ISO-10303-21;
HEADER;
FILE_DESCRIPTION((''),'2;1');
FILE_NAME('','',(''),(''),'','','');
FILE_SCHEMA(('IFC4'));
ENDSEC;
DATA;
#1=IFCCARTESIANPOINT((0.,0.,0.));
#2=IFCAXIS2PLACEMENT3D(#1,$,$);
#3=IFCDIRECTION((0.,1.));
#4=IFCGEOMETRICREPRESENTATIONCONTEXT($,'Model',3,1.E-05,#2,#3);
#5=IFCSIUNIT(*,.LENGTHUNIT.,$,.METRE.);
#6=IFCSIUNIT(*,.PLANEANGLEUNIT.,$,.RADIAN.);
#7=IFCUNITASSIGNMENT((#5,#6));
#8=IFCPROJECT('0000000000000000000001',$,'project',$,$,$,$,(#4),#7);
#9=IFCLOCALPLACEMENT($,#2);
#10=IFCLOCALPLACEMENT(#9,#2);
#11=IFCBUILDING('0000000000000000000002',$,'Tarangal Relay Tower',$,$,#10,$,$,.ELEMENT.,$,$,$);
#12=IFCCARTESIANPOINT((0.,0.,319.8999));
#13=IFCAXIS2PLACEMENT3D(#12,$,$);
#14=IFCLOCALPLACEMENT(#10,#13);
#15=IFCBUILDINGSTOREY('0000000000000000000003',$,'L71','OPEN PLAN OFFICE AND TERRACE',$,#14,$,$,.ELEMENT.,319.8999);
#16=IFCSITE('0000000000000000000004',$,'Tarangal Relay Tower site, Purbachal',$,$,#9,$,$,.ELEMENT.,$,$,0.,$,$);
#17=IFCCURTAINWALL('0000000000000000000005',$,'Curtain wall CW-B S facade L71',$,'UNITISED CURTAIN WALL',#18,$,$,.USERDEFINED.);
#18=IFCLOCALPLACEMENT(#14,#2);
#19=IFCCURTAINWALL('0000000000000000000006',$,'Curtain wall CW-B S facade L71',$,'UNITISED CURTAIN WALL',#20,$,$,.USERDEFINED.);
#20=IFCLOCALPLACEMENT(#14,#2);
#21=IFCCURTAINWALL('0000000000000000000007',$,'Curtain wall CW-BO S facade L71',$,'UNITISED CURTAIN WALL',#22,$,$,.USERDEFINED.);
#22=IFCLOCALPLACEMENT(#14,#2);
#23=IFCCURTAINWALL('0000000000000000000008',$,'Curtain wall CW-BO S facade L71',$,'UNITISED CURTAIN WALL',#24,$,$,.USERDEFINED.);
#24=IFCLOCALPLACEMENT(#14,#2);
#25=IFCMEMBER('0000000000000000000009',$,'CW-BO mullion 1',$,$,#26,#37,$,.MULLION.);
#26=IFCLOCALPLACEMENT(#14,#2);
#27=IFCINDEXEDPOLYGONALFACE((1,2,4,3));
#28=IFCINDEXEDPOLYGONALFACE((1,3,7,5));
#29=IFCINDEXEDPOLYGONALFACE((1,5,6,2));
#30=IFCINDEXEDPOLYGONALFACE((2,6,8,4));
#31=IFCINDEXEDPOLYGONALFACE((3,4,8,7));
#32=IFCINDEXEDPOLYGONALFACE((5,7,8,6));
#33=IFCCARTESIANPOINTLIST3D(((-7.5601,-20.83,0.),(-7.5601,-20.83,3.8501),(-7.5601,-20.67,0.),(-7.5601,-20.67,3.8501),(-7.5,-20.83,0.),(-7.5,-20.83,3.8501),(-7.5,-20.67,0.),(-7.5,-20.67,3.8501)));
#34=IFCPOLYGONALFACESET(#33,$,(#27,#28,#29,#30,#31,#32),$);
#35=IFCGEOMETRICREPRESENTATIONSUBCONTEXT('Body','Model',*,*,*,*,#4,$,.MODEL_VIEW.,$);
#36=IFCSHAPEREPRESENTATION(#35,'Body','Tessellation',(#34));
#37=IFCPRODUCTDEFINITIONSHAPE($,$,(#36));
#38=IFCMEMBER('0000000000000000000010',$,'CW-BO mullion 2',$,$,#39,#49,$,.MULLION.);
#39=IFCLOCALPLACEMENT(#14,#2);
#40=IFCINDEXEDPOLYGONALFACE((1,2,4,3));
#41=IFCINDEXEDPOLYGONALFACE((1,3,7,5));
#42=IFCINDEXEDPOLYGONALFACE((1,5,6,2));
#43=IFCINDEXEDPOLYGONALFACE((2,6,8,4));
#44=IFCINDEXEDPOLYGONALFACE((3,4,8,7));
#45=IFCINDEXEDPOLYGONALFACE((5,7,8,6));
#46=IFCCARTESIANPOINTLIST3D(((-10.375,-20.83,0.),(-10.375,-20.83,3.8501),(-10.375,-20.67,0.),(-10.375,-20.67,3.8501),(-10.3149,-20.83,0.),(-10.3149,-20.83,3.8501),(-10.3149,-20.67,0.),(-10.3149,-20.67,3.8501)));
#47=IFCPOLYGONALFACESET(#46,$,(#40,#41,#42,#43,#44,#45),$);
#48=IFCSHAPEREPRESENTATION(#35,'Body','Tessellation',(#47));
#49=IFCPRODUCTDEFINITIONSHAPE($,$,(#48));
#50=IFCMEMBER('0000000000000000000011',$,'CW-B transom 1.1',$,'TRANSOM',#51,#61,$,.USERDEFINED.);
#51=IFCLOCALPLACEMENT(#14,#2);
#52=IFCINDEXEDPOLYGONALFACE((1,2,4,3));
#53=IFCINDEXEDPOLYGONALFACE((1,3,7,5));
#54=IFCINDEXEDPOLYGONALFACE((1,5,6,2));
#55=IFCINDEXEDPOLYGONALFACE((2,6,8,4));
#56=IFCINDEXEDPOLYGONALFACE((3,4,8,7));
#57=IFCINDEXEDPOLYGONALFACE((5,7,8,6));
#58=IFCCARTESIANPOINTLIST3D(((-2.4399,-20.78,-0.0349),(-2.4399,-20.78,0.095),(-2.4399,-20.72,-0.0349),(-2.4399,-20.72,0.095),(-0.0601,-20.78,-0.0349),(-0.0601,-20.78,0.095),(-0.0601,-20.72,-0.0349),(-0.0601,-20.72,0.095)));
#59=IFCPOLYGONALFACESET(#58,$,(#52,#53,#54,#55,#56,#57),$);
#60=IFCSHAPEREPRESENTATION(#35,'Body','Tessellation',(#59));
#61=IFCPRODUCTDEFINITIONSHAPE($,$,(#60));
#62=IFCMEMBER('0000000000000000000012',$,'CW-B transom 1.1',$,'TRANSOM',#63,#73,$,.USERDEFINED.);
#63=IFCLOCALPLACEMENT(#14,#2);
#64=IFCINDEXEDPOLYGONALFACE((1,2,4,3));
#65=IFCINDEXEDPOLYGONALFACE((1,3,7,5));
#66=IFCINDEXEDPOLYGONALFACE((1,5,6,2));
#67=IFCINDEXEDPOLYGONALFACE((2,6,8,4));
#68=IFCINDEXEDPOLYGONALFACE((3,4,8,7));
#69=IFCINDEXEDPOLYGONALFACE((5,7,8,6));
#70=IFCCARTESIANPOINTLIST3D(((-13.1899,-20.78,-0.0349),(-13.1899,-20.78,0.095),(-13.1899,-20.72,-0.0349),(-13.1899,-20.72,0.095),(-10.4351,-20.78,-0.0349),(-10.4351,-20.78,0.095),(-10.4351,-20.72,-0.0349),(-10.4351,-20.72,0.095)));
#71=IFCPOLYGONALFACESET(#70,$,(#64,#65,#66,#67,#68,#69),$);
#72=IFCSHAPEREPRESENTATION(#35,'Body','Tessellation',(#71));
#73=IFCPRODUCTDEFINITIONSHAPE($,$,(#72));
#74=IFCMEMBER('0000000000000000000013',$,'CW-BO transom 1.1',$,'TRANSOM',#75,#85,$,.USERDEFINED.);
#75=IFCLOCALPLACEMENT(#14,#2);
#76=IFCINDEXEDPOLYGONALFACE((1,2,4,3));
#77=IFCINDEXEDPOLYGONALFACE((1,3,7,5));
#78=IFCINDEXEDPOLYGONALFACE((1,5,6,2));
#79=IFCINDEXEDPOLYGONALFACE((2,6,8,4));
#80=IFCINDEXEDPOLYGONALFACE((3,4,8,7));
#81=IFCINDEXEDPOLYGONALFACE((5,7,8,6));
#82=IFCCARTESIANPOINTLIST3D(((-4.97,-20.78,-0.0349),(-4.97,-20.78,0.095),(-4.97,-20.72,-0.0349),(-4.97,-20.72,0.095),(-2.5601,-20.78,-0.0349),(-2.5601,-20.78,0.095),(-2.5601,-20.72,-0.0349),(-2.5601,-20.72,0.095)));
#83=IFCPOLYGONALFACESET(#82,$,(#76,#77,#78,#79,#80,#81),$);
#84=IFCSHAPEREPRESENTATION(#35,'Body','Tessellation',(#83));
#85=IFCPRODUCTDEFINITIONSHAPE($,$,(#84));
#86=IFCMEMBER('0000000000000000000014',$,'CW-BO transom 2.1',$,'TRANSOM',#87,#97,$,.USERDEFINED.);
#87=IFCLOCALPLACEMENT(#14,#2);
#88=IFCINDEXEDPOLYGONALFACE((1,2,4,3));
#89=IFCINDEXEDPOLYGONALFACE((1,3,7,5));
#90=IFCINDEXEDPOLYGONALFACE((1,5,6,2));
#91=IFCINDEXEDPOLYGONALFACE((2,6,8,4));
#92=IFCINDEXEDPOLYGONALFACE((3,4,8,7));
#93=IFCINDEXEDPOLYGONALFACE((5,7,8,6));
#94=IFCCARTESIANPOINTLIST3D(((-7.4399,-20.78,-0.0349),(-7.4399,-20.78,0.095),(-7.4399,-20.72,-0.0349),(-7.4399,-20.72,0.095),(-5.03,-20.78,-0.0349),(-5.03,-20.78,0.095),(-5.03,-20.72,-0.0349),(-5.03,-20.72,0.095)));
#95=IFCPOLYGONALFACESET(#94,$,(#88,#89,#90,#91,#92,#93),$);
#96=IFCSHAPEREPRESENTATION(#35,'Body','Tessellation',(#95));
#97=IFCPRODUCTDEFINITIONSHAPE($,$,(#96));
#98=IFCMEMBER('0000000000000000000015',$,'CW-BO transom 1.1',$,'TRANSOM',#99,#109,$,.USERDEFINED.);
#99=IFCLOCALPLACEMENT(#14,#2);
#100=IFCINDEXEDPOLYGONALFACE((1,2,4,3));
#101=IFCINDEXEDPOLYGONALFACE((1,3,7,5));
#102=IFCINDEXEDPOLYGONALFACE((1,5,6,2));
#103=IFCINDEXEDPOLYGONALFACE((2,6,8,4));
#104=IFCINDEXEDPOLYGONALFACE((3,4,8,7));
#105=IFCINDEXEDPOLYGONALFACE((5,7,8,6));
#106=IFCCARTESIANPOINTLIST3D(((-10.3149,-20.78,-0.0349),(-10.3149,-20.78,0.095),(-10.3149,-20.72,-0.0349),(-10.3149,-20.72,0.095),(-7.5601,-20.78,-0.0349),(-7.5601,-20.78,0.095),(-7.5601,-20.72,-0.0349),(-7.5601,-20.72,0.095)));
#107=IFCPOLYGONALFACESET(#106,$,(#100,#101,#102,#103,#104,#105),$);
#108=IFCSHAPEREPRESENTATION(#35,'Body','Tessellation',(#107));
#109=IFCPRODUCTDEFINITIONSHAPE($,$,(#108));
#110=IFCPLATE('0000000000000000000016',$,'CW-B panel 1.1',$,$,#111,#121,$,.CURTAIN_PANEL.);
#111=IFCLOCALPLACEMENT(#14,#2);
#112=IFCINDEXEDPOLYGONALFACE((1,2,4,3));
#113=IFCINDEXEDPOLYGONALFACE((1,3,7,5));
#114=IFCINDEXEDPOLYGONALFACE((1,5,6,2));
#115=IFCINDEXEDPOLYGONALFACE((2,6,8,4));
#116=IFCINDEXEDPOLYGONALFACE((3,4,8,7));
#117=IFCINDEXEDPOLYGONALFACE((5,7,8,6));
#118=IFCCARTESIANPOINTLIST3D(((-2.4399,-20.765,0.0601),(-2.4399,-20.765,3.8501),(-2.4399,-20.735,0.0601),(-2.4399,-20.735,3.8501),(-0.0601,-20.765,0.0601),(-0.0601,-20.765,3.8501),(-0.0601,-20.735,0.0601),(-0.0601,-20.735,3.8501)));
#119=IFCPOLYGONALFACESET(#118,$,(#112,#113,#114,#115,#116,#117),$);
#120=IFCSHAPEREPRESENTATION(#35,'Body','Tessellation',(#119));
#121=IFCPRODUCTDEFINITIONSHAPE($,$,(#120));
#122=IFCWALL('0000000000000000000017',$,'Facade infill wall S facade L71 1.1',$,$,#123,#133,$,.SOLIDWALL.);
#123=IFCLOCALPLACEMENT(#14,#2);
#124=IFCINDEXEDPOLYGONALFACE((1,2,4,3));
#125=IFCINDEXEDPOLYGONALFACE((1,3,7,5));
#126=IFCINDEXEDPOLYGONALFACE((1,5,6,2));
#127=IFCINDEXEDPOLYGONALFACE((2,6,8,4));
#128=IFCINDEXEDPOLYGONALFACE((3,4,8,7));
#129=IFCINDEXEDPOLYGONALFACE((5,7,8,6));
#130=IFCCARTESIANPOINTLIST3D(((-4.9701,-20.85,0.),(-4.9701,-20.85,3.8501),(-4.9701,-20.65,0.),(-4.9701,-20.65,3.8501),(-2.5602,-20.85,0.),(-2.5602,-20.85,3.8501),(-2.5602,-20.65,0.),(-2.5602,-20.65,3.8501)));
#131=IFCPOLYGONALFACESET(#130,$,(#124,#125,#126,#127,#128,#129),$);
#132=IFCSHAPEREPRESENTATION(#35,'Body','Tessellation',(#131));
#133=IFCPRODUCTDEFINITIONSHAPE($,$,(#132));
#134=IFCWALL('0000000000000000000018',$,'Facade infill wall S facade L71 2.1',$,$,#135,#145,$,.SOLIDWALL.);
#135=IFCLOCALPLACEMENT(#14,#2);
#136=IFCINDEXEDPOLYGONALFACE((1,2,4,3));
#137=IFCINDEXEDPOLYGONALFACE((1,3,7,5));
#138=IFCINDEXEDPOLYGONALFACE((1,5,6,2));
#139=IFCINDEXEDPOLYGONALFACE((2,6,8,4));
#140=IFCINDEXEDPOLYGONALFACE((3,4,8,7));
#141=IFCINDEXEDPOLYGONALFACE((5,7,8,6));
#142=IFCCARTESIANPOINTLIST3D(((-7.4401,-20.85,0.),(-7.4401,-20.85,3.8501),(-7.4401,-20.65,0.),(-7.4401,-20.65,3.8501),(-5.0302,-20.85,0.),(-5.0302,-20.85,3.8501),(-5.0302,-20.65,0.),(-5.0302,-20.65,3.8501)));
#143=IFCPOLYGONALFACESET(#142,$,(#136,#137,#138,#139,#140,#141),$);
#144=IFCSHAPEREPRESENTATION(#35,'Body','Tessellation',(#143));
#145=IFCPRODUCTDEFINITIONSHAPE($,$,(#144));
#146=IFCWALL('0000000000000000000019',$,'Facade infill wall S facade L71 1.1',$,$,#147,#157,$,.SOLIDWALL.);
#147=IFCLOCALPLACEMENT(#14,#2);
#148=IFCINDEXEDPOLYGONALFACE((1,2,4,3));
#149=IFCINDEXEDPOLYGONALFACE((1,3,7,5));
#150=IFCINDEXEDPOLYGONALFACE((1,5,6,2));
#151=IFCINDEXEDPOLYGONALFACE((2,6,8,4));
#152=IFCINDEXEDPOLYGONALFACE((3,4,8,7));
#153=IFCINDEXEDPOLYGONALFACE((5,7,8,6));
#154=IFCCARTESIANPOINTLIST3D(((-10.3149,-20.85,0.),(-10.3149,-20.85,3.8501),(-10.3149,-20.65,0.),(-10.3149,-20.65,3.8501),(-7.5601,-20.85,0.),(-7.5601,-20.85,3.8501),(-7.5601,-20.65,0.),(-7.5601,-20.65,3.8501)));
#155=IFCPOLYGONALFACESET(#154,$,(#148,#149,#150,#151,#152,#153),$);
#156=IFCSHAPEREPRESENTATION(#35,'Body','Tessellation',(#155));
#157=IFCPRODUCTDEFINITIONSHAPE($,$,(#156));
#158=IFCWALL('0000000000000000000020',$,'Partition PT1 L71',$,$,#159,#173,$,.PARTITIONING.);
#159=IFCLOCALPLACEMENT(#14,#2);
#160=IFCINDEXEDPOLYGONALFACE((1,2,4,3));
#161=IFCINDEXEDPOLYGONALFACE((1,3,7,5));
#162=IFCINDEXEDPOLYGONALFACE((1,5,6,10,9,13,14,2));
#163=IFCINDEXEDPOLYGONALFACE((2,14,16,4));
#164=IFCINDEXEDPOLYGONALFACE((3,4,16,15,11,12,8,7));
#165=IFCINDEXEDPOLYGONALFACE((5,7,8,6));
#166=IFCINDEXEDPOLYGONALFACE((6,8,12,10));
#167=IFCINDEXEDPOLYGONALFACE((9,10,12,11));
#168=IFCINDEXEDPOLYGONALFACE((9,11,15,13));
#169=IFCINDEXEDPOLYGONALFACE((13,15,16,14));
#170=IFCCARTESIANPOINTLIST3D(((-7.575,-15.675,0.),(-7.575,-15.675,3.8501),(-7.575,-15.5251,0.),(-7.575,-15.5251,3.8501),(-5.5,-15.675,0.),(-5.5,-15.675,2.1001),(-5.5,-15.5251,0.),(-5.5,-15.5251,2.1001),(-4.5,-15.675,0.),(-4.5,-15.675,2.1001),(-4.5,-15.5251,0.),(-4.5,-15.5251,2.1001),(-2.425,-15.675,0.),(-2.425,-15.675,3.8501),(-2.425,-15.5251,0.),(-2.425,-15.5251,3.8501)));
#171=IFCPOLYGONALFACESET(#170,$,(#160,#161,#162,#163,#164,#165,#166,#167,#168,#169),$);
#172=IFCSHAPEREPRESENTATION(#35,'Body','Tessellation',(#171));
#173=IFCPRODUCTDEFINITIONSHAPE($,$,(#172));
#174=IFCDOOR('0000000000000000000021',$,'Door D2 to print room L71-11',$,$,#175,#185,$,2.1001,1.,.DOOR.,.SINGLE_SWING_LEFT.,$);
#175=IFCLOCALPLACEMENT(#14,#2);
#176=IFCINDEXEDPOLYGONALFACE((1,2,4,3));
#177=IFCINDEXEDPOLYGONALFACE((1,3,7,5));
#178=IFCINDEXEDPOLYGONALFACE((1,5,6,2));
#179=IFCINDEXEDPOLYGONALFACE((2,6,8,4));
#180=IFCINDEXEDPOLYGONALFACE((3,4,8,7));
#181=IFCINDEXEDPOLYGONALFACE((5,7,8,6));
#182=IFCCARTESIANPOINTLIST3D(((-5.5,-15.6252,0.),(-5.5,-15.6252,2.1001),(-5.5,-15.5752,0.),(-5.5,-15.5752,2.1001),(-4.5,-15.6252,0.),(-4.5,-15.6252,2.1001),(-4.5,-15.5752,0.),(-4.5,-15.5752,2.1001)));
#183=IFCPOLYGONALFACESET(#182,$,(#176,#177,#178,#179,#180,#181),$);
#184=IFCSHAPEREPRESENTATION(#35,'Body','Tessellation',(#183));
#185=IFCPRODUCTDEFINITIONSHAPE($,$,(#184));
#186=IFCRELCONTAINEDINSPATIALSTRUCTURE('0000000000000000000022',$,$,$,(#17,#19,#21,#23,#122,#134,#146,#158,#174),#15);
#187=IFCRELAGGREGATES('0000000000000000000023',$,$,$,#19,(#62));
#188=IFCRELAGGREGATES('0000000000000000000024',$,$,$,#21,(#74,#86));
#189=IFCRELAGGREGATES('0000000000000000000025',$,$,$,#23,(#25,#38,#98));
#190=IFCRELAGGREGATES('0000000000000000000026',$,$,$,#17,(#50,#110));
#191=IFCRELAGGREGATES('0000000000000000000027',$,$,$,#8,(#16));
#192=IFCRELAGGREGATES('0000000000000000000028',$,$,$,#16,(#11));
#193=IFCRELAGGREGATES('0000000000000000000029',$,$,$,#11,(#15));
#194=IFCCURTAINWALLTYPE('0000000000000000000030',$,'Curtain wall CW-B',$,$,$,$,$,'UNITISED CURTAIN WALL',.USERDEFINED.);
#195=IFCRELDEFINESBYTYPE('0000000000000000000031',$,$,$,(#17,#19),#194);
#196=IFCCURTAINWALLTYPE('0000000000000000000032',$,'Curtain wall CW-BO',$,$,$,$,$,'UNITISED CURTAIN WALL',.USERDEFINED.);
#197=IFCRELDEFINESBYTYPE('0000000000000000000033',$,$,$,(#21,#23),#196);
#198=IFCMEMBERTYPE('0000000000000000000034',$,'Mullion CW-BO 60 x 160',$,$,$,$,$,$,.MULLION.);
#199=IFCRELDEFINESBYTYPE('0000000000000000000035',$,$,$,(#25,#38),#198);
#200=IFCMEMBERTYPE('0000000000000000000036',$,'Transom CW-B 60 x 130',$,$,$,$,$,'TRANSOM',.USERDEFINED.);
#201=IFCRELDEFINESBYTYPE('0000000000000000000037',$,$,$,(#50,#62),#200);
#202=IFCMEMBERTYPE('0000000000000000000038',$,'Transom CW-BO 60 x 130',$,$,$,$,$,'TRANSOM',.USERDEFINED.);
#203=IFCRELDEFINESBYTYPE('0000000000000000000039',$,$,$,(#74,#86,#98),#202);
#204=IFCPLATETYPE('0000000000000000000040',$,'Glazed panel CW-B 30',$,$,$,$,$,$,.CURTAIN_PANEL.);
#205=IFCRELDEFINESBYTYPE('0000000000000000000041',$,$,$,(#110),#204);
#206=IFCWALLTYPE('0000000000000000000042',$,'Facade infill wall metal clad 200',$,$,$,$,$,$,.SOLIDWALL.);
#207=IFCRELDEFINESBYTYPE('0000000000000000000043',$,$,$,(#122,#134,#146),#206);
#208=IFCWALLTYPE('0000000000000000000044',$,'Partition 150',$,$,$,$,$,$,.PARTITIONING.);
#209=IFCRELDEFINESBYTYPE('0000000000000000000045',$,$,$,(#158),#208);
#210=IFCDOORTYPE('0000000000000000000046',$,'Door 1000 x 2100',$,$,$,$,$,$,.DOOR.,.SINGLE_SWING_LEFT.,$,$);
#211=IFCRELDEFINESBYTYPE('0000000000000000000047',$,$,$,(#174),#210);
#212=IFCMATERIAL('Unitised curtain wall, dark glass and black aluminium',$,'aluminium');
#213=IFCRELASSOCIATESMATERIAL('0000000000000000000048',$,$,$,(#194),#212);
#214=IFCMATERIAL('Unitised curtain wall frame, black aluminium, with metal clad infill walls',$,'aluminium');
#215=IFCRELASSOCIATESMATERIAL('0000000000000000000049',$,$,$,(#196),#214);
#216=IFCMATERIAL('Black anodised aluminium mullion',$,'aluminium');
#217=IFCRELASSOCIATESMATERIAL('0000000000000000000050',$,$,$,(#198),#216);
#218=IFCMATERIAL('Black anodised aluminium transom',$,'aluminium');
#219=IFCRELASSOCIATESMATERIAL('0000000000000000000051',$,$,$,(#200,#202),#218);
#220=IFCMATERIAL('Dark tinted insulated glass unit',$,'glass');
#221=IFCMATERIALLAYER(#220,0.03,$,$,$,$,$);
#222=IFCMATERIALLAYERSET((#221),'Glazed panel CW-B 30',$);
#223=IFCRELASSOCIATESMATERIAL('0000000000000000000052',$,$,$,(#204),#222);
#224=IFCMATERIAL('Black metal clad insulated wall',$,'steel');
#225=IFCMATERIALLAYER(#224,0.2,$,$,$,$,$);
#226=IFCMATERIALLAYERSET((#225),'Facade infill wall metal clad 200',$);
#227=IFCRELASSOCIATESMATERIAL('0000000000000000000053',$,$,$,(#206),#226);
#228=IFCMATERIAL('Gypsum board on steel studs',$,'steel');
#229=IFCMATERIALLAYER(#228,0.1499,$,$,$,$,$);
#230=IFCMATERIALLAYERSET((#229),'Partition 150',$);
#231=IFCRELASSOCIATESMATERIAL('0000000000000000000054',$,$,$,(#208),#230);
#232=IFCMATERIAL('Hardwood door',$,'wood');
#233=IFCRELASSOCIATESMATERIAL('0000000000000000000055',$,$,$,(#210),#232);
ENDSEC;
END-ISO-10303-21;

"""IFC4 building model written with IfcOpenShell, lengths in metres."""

from ifc_helpers import new_model, si_unit, direction, frame, frame_2d, origin, origin_2d, place, context, subcontext, project, spatial, rectangle, extrude, material, layer, layer_set, material_profile, profile_set, type_object, element, fill, aggregate, save


model = new_model("IFC4")

# Units and contexts
model_context = context("Model", 3, precision=1e-05, world=origin(), true_north=direction((0.0, 1.0)))
body_context = subcontext(model_context, "Body", "Model", "MODEL_VIEW")
ifc_project = project(units=[si_unit("LENGTHUNIT", "METRE"), si_unit("PLANEANGLEUNIT", "RADIAN")], contexts=[model_context])

# Site, building, storey
site_placement = place(None, origin())
site = spatial("IfcSite", under=ifc_project, at=site_placement, Name="Tarangal Relay Tower site, Purbachal", CompositionType="ELEMENT", RefElevation=0.0)
building_placement = place(site_placement, origin())
building = spatial("IfcBuilding", under=site, at=building_placement, Name="Tarangal Relay Tower", CompositionType="ELEMENT")
storey_placement = place(building_placement, frame((0.0, 0.0, 319.8999)))
storey = spatial("IfcBuildingStorey", under=building, at=storey_placement, Name="L71", Description="OPEN PLAN OFFICE AND TERRACE", CompositionType="ELEMENT", Elevation=319.8999)

# Curtain wall
ifc_material_1 = material(Name="Unitised curtain wall, dark glass and black aluminium", Category="aluminium")
curtain_wall_type_1 = type_object("IfcCurtainWallType", Name="Curtain wall CW-B", ElementType="UNITISED CURTAIN WALL", PredefinedType="USERDEFINED", material=ifc_material_1)
curtain_wall_1_placement = place(storey_placement, origin())
curtain_wall_1 = element("IfcCurtainWall", 1, at=curtain_wall_1_placement, inside=storey, type_object=curtain_wall_type_1, Name="Curtain wall CW-B S facade L71", ObjectType="UNITISED CURTAIN WALL", PredefinedType="USERDEFINED")
ifc_material_2 = material(Name="Black anodised aluminium mullion", Category="aluminium")

# Curtain wall
curtain_wall_2_placement = place(storey_placement, origin())
curtain_wall_2 = element("IfcCurtainWall", 2, at=curtain_wall_2_placement, inside=storey, type_object=curtain_wall_type_1, Name="Curtain wall CW-B S facade L71", ObjectType="UNITISED CURTAIN WALL", PredefinedType="USERDEFINED")

# Curtain walls, members
ifc_material_3 = material(Name="Unitised curtain wall frame, black aluminium, with metal clad infill walls", Category="aluminium")
curtain_wall_type_2 = type_object("IfcCurtainWallType", Name="Curtain wall CW-BO", ElementType="UNITISED CURTAIN WALL", PredefinedType="USERDEFINED", material=ifc_material_3)
curtain_wall_3_placement = place(storey_placement, origin())
curtain_wall_3 = element("IfcCurtainWall", 3, at=curtain_wall_3_placement, inside=storey, type_object=curtain_wall_type_2, Name="Curtain wall CW-BO S facade L71", ObjectType="UNITISED CURTAIN WALL", PredefinedType="USERDEFINED")
ifc_material_profile_1 = material_profile(ifc_material_2, rectangle(XDim=0.1599, YDim=0.0601, at=origin_2d()), Name="CW-BOM 60X160")
ifc_profile_set_1 = profile_set([ifc_material_profile_1], Name="Black anodised aluminium mullion")
member_type_1 = type_object("IfcMemberType", Name="Mullion CW-BO 60 x 160", PredefinedType="MULLION", material=ifc_profile_set_1)
curtain_wall_4_placement = place(storey_placement, origin())
curtain_wall_4 = element("IfcCurtainWall", 4, at=curtain_wall_4_placement, inside=storey, type_object=curtain_wall_type_2, Name="Curtain wall CW-BO S facade L71", ObjectType="UNITISED CURTAIN WALL", PredefinedType="USERDEFINED")
member_1_placement = place(storey_placement, frame((-7.53, -20.75, 0.0), z_axis=(0.0, 0.0, 1.0), x_axis=(0.0, -1.0, 0.0)))
member_1 = element("IfcMember", 5, at=member_1_placement, type_object=member_type_1, Name="CW-BO mullion 1", PredefinedType="MULLION", context=body_context, shape_type="SweptSolid", body=[
    extrude(rectangle(XDim=0.1599, YDim=0.0601, at=origin_2d()), origin(), (0.0, 0.0, 1.0), 3.8501),
])
member_2_placement = place(storey_placement, frame((-10.345, -20.75, 0.0), z_axis=(0.0, 0.0, 1.0), x_axis=(0.0, -1.0, 0.0)))
member_2 = element("IfcMember", 6, at=member_2_placement, type_object=member_type_1, Name="CW-BO mullion 2", PredefinedType="MULLION", context=body_context, shape_type="SweptSolid", body=[
    extrude(rectangle(XDim=0.1599, YDim=0.0601, at=origin_2d()), origin(), (0.0, 0.0, 1.0), 3.8501),
])

# Members
ifc_material_4 = material(Name="Black anodised aluminium transom", Category="aluminium")
ifc_material_profile_2 = material_profile(ifc_material_4, rectangle(XDim=0.0601, YDim=0.1299, at=origin_2d()), Name="CW-BT 60X130")
ifc_profile_set_2 = profile_set([ifc_material_profile_2], Name="Black anodised aluminium transom")
member_type_2 = type_object("IfcMemberType", Name="Transom CW-B 60 x 130", ElementType="TRANSOM", PredefinedType="USERDEFINED", material=ifc_profile_set_2)
member_3_placement = place(storey_placement, frame((-0.0601, -20.75, 0.03), z_axis=(-1.0, 0.0, 0.0), x_axis=(0.0, -1.0, 0.0)))
member_3 = element("IfcMember", 7, at=member_3_placement, type_object=member_type_2, Name="CW-B transom 1.1", ObjectType="TRANSOM", PredefinedType="USERDEFINED", context=body_context, shape_type="SweptSolid", body=[
    extrude(rectangle(XDim=0.0601, YDim=0.1299, at=origin_2d()), origin(), (0.0, 0.0, 1.0), 2.3799),
])
member_4_placement = place(storey_placement, frame((-10.4351, -20.75, 0.03), z_axis=(-1.0, 0.0, 0.0), x_axis=(0.0, -1.0, 0.0)))
member_4 = element("IfcMember", 8, at=member_4_placement, type_object=member_type_2, Name="CW-B transom 1.1", ObjectType="TRANSOM", PredefinedType="USERDEFINED", context=body_context, shape_type="SweptSolid", body=[
    extrude(rectangle(XDim=0.0601, YDim=0.1299, at=origin_2d()), origin(), (0.0, 0.0, 1.0), 2.7549),
])
aggregate(curtain_wall_2, [member_4])
ifc_material_profile_3 = material_profile(ifc_material_4, rectangle(XDim=0.0601, YDim=0.1299, at=origin_2d()), Name="CW-BOT 60X130")
ifc_profile_set_3 = profile_set([ifc_material_profile_3], Name="Black anodised aluminium transom")
member_type_3 = type_object("IfcMemberType", Name="Transom CW-BO 60 x 130", ElementType="TRANSOM", PredefinedType="USERDEFINED", material=ifc_profile_set_3)
member_5_placement = place(storey_placement, frame((-2.5601, -20.75, 0.03), z_axis=(-1.0, 0.0, 0.0), x_axis=(0.0, -1.0, 0.0)))
member_5 = element("IfcMember", 9, at=member_5_placement, type_object=member_type_3, Name="CW-BO transom 1.1", ObjectType="TRANSOM", PredefinedType="USERDEFINED", context=body_context, shape_type="SweptSolid", body=[
    extrude(rectangle(XDim=0.0601, YDim=0.1299, at=origin_2d()), origin(), (0.0, 0.0, 1.0), 2.4099),
])
member_6_placement = place(storey_placement, frame((-5.03, -20.75, 0.03), z_axis=(-1.0, 0.0, 0.0), x_axis=(0.0, -1.0, 0.0)))
member_6 = element("IfcMember", 10, at=member_6_placement, type_object=member_type_3, Name="CW-BO transom 2.1", ObjectType="TRANSOM", PredefinedType="USERDEFINED", context=body_context, shape_type="SweptSolid", body=[
    extrude(rectangle(XDim=0.0601, YDim=0.1299, at=origin_2d()), origin(), (0.0, 0.0, 1.0), 2.4099),
])
aggregate(curtain_wall_3, [member_5, member_6])
member_7_placement = place(storey_placement, frame((-7.5601, -20.75, 0.03), z_axis=(-1.0, 0.0, 0.0), x_axis=(0.0, -1.0, 0.0)))
member_7 = element("IfcMember", 11, at=member_7_placement, type_object=member_type_3, Name="CW-BO transom 1.1", ObjectType="TRANSOM", PredefinedType="USERDEFINED", context=body_context, shape_type="SweptSolid", body=[
    extrude(rectangle(XDim=0.0601, YDim=0.1299, at=origin_2d()), origin(), (0.0, 0.0, 1.0), 2.7549),
])
aggregate(curtain_wall_4, [member_1, member_2, member_7])

# Plate
ifc_material_5 = material(Name="Dark tinted insulated glass unit", Category="glass")
ifc_layer_1 = layer(ifc_material_5, 0.03)
ifc_layer_set_1 = layer_set([ifc_layer_1], Name="Glazed panel CW-B 30")
plate_type = type_object("IfcPlateType", Name="Glazed panel CW-B 30", PredefinedType="CURTAIN_PANEL", material=ifc_layer_set_1)
plate_placement = place(storey_placement, frame((-1.25, -20.75, 0.0601), z_axis=(0.0, 0.0, 1.0), x_axis=(-1.0, 0.0, 0.0)))
plate = element("IfcPlate", 12, at=plate_placement, type_object=plate_type, Name="CW-B panel 1.1", PredefinedType="CURTAIN_PANEL", context=body_context, shape_type="SweptSolid", body=[
    extrude(rectangle(XDim=2.3799, YDim=0.03, at=origin_2d()), origin(), (0.0, 0.0, 1.0), 3.79),
])
aggregate(curtain_wall_1, [member_3, plate])

# Walls
ifc_material_6 = material(Name="Black metal clad insulated wall", Category="steel")
ifc_layer_2 = layer(ifc_material_6, 0.2)
ifc_layer_set_2 = layer_set([ifc_layer_2], Name="Facade infill wall metal clad 200")
wall_type_1 = type_object("IfcWallType", Name="Facade infill wall metal clad 200", PredefinedType="SOLIDWALL", material=ifc_layer_set_2)
for number, where, z_axis, x_axis, name in (
    (13, (-2.5601, -20.75, 0.0), (0.0, 0.0, 1.0), (-1.0, 0.0, 0.0), "Facade infill wall S facade L71 1.1"),
    (14, (-5.03, -20.75, 0.0), (0.0, 0.0, 1.0), (-1.0, 0.0, 0.0), "Facade infill wall S facade L71 2.1"),
):
    element("IfcWall", number, at=place(storey_placement, frame(where, z_axis=z_axis, x_axis=x_axis)), inside=storey, type_object=wall_type_1, Name=name, PredefinedType="SOLIDWALL", context=body_context, shape_type="SweptSolid", body=[
        extrude(rectangle(XDim=2.4099, YDim=0.2, at=frame_2d((1.2051, 0.0))), origin(), (0.0, 0.0, 1.0), 3.8501),
    ])
wall_1_placement = place(storey_placement, frame((-7.5601, -20.75, 0.0), z_axis=(0.0, 0.0, 1.0), x_axis=(-1.0, 0.0, 0.0)))
element("IfcWall", 15, at=wall_1_placement, inside=storey, type_object=wall_type_1, Name="Facade infill wall S facade L71 1.1", PredefinedType="SOLIDWALL", context=body_context, shape_type="SweptSolid", body=[
    extrude(rectangle(XDim=2.7549, YDim=0.2, at=frame_2d((1.3774, 0.0))), origin(), (0.0, 0.0, 1.0), 3.8501),
])

# Wall, opening, door
ifc_material_7 = material(Name="Gypsum board on steel studs", Category="steel")
ifc_layer_3 = layer(ifc_material_7, 0.1499)
ifc_layer_set_3 = layer_set([ifc_layer_3], Name="Partition 150")
wall_type_2 = type_object("IfcWallType", Name="Partition 150", PredefinedType="PARTITIONING", material=ifc_layer_set_3)
wall_2_placement = place(storey_placement, frame((-7.575, -15.6001, 0.0), z_axis=(0.0, 0.0, 1.0), x_axis=(1.0, 0.0, 0.0)))
wall_2 = element("IfcWall", 16, at=wall_2_placement, inside=storey, type_object=wall_type_2, Name="Partition PT1 L71", PredefinedType="PARTITIONING", context=body_context, shape_type="SweptSolid", body=[
    extrude(rectangle(XDim=5.1499, YDim=0.1499, at=frame_2d((2.575, 0.0))), origin(), (0.0, 0.0, 1.0), 3.8501),
])
opening_placement = place(wall_2_placement, frame((2.075, 0.0, 0.0)))
opening = element("IfcOpeningElement", 17, at=opening_placement, cuts=wall_2, PredefinedType="OPENING", context=body_context, shape_type="SweptSolid", body=[
    extrude(rectangle(XDim=1.0, YDim=2.1001, at=frame_2d((0.5, 1.05))), frame((0.0, 0.085, 0.0), z_axis=(0.0, -1.0, 0.0), x_axis=(1.0, 0.0, 0.0)), (0.0, 0.0, 1.0), 0.1699),
])
ifc_material_8 = material(Name="Hardwood door", Category="wood")
door_type = type_object("IfcDoorType", Name="Door 1000 x 2100", OperationType="SINGLE_SWING_LEFT", PredefinedType="DOOR", material=ifc_material_8)
door_placement = place(opening_placement, origin())
door = element("IfcDoor", 18, at=door_placement, inside=storey, type_object=door_type, Name="Door D2 to print room L71-11", OperationType="SINGLE_SWING_LEFT", OverallHeight=2.1001, OverallWidth=1.0, PredefinedType="DOOR", context=body_context, shape_type="SweptSolid", body=[
    extrude(rectangle(XDim=1.0, YDim=2.1001, at=frame_2d((0.5, 1.05))), frame((0.0, 0.0249, 0.0), z_axis=(0.0, -1.0, 0.0), x_axis=(1.0, 0.0, 0.0)), (0.0, 0.0, 1.0), 0.05),
])
fill(opening, door)

save(model, "model.ifc")
